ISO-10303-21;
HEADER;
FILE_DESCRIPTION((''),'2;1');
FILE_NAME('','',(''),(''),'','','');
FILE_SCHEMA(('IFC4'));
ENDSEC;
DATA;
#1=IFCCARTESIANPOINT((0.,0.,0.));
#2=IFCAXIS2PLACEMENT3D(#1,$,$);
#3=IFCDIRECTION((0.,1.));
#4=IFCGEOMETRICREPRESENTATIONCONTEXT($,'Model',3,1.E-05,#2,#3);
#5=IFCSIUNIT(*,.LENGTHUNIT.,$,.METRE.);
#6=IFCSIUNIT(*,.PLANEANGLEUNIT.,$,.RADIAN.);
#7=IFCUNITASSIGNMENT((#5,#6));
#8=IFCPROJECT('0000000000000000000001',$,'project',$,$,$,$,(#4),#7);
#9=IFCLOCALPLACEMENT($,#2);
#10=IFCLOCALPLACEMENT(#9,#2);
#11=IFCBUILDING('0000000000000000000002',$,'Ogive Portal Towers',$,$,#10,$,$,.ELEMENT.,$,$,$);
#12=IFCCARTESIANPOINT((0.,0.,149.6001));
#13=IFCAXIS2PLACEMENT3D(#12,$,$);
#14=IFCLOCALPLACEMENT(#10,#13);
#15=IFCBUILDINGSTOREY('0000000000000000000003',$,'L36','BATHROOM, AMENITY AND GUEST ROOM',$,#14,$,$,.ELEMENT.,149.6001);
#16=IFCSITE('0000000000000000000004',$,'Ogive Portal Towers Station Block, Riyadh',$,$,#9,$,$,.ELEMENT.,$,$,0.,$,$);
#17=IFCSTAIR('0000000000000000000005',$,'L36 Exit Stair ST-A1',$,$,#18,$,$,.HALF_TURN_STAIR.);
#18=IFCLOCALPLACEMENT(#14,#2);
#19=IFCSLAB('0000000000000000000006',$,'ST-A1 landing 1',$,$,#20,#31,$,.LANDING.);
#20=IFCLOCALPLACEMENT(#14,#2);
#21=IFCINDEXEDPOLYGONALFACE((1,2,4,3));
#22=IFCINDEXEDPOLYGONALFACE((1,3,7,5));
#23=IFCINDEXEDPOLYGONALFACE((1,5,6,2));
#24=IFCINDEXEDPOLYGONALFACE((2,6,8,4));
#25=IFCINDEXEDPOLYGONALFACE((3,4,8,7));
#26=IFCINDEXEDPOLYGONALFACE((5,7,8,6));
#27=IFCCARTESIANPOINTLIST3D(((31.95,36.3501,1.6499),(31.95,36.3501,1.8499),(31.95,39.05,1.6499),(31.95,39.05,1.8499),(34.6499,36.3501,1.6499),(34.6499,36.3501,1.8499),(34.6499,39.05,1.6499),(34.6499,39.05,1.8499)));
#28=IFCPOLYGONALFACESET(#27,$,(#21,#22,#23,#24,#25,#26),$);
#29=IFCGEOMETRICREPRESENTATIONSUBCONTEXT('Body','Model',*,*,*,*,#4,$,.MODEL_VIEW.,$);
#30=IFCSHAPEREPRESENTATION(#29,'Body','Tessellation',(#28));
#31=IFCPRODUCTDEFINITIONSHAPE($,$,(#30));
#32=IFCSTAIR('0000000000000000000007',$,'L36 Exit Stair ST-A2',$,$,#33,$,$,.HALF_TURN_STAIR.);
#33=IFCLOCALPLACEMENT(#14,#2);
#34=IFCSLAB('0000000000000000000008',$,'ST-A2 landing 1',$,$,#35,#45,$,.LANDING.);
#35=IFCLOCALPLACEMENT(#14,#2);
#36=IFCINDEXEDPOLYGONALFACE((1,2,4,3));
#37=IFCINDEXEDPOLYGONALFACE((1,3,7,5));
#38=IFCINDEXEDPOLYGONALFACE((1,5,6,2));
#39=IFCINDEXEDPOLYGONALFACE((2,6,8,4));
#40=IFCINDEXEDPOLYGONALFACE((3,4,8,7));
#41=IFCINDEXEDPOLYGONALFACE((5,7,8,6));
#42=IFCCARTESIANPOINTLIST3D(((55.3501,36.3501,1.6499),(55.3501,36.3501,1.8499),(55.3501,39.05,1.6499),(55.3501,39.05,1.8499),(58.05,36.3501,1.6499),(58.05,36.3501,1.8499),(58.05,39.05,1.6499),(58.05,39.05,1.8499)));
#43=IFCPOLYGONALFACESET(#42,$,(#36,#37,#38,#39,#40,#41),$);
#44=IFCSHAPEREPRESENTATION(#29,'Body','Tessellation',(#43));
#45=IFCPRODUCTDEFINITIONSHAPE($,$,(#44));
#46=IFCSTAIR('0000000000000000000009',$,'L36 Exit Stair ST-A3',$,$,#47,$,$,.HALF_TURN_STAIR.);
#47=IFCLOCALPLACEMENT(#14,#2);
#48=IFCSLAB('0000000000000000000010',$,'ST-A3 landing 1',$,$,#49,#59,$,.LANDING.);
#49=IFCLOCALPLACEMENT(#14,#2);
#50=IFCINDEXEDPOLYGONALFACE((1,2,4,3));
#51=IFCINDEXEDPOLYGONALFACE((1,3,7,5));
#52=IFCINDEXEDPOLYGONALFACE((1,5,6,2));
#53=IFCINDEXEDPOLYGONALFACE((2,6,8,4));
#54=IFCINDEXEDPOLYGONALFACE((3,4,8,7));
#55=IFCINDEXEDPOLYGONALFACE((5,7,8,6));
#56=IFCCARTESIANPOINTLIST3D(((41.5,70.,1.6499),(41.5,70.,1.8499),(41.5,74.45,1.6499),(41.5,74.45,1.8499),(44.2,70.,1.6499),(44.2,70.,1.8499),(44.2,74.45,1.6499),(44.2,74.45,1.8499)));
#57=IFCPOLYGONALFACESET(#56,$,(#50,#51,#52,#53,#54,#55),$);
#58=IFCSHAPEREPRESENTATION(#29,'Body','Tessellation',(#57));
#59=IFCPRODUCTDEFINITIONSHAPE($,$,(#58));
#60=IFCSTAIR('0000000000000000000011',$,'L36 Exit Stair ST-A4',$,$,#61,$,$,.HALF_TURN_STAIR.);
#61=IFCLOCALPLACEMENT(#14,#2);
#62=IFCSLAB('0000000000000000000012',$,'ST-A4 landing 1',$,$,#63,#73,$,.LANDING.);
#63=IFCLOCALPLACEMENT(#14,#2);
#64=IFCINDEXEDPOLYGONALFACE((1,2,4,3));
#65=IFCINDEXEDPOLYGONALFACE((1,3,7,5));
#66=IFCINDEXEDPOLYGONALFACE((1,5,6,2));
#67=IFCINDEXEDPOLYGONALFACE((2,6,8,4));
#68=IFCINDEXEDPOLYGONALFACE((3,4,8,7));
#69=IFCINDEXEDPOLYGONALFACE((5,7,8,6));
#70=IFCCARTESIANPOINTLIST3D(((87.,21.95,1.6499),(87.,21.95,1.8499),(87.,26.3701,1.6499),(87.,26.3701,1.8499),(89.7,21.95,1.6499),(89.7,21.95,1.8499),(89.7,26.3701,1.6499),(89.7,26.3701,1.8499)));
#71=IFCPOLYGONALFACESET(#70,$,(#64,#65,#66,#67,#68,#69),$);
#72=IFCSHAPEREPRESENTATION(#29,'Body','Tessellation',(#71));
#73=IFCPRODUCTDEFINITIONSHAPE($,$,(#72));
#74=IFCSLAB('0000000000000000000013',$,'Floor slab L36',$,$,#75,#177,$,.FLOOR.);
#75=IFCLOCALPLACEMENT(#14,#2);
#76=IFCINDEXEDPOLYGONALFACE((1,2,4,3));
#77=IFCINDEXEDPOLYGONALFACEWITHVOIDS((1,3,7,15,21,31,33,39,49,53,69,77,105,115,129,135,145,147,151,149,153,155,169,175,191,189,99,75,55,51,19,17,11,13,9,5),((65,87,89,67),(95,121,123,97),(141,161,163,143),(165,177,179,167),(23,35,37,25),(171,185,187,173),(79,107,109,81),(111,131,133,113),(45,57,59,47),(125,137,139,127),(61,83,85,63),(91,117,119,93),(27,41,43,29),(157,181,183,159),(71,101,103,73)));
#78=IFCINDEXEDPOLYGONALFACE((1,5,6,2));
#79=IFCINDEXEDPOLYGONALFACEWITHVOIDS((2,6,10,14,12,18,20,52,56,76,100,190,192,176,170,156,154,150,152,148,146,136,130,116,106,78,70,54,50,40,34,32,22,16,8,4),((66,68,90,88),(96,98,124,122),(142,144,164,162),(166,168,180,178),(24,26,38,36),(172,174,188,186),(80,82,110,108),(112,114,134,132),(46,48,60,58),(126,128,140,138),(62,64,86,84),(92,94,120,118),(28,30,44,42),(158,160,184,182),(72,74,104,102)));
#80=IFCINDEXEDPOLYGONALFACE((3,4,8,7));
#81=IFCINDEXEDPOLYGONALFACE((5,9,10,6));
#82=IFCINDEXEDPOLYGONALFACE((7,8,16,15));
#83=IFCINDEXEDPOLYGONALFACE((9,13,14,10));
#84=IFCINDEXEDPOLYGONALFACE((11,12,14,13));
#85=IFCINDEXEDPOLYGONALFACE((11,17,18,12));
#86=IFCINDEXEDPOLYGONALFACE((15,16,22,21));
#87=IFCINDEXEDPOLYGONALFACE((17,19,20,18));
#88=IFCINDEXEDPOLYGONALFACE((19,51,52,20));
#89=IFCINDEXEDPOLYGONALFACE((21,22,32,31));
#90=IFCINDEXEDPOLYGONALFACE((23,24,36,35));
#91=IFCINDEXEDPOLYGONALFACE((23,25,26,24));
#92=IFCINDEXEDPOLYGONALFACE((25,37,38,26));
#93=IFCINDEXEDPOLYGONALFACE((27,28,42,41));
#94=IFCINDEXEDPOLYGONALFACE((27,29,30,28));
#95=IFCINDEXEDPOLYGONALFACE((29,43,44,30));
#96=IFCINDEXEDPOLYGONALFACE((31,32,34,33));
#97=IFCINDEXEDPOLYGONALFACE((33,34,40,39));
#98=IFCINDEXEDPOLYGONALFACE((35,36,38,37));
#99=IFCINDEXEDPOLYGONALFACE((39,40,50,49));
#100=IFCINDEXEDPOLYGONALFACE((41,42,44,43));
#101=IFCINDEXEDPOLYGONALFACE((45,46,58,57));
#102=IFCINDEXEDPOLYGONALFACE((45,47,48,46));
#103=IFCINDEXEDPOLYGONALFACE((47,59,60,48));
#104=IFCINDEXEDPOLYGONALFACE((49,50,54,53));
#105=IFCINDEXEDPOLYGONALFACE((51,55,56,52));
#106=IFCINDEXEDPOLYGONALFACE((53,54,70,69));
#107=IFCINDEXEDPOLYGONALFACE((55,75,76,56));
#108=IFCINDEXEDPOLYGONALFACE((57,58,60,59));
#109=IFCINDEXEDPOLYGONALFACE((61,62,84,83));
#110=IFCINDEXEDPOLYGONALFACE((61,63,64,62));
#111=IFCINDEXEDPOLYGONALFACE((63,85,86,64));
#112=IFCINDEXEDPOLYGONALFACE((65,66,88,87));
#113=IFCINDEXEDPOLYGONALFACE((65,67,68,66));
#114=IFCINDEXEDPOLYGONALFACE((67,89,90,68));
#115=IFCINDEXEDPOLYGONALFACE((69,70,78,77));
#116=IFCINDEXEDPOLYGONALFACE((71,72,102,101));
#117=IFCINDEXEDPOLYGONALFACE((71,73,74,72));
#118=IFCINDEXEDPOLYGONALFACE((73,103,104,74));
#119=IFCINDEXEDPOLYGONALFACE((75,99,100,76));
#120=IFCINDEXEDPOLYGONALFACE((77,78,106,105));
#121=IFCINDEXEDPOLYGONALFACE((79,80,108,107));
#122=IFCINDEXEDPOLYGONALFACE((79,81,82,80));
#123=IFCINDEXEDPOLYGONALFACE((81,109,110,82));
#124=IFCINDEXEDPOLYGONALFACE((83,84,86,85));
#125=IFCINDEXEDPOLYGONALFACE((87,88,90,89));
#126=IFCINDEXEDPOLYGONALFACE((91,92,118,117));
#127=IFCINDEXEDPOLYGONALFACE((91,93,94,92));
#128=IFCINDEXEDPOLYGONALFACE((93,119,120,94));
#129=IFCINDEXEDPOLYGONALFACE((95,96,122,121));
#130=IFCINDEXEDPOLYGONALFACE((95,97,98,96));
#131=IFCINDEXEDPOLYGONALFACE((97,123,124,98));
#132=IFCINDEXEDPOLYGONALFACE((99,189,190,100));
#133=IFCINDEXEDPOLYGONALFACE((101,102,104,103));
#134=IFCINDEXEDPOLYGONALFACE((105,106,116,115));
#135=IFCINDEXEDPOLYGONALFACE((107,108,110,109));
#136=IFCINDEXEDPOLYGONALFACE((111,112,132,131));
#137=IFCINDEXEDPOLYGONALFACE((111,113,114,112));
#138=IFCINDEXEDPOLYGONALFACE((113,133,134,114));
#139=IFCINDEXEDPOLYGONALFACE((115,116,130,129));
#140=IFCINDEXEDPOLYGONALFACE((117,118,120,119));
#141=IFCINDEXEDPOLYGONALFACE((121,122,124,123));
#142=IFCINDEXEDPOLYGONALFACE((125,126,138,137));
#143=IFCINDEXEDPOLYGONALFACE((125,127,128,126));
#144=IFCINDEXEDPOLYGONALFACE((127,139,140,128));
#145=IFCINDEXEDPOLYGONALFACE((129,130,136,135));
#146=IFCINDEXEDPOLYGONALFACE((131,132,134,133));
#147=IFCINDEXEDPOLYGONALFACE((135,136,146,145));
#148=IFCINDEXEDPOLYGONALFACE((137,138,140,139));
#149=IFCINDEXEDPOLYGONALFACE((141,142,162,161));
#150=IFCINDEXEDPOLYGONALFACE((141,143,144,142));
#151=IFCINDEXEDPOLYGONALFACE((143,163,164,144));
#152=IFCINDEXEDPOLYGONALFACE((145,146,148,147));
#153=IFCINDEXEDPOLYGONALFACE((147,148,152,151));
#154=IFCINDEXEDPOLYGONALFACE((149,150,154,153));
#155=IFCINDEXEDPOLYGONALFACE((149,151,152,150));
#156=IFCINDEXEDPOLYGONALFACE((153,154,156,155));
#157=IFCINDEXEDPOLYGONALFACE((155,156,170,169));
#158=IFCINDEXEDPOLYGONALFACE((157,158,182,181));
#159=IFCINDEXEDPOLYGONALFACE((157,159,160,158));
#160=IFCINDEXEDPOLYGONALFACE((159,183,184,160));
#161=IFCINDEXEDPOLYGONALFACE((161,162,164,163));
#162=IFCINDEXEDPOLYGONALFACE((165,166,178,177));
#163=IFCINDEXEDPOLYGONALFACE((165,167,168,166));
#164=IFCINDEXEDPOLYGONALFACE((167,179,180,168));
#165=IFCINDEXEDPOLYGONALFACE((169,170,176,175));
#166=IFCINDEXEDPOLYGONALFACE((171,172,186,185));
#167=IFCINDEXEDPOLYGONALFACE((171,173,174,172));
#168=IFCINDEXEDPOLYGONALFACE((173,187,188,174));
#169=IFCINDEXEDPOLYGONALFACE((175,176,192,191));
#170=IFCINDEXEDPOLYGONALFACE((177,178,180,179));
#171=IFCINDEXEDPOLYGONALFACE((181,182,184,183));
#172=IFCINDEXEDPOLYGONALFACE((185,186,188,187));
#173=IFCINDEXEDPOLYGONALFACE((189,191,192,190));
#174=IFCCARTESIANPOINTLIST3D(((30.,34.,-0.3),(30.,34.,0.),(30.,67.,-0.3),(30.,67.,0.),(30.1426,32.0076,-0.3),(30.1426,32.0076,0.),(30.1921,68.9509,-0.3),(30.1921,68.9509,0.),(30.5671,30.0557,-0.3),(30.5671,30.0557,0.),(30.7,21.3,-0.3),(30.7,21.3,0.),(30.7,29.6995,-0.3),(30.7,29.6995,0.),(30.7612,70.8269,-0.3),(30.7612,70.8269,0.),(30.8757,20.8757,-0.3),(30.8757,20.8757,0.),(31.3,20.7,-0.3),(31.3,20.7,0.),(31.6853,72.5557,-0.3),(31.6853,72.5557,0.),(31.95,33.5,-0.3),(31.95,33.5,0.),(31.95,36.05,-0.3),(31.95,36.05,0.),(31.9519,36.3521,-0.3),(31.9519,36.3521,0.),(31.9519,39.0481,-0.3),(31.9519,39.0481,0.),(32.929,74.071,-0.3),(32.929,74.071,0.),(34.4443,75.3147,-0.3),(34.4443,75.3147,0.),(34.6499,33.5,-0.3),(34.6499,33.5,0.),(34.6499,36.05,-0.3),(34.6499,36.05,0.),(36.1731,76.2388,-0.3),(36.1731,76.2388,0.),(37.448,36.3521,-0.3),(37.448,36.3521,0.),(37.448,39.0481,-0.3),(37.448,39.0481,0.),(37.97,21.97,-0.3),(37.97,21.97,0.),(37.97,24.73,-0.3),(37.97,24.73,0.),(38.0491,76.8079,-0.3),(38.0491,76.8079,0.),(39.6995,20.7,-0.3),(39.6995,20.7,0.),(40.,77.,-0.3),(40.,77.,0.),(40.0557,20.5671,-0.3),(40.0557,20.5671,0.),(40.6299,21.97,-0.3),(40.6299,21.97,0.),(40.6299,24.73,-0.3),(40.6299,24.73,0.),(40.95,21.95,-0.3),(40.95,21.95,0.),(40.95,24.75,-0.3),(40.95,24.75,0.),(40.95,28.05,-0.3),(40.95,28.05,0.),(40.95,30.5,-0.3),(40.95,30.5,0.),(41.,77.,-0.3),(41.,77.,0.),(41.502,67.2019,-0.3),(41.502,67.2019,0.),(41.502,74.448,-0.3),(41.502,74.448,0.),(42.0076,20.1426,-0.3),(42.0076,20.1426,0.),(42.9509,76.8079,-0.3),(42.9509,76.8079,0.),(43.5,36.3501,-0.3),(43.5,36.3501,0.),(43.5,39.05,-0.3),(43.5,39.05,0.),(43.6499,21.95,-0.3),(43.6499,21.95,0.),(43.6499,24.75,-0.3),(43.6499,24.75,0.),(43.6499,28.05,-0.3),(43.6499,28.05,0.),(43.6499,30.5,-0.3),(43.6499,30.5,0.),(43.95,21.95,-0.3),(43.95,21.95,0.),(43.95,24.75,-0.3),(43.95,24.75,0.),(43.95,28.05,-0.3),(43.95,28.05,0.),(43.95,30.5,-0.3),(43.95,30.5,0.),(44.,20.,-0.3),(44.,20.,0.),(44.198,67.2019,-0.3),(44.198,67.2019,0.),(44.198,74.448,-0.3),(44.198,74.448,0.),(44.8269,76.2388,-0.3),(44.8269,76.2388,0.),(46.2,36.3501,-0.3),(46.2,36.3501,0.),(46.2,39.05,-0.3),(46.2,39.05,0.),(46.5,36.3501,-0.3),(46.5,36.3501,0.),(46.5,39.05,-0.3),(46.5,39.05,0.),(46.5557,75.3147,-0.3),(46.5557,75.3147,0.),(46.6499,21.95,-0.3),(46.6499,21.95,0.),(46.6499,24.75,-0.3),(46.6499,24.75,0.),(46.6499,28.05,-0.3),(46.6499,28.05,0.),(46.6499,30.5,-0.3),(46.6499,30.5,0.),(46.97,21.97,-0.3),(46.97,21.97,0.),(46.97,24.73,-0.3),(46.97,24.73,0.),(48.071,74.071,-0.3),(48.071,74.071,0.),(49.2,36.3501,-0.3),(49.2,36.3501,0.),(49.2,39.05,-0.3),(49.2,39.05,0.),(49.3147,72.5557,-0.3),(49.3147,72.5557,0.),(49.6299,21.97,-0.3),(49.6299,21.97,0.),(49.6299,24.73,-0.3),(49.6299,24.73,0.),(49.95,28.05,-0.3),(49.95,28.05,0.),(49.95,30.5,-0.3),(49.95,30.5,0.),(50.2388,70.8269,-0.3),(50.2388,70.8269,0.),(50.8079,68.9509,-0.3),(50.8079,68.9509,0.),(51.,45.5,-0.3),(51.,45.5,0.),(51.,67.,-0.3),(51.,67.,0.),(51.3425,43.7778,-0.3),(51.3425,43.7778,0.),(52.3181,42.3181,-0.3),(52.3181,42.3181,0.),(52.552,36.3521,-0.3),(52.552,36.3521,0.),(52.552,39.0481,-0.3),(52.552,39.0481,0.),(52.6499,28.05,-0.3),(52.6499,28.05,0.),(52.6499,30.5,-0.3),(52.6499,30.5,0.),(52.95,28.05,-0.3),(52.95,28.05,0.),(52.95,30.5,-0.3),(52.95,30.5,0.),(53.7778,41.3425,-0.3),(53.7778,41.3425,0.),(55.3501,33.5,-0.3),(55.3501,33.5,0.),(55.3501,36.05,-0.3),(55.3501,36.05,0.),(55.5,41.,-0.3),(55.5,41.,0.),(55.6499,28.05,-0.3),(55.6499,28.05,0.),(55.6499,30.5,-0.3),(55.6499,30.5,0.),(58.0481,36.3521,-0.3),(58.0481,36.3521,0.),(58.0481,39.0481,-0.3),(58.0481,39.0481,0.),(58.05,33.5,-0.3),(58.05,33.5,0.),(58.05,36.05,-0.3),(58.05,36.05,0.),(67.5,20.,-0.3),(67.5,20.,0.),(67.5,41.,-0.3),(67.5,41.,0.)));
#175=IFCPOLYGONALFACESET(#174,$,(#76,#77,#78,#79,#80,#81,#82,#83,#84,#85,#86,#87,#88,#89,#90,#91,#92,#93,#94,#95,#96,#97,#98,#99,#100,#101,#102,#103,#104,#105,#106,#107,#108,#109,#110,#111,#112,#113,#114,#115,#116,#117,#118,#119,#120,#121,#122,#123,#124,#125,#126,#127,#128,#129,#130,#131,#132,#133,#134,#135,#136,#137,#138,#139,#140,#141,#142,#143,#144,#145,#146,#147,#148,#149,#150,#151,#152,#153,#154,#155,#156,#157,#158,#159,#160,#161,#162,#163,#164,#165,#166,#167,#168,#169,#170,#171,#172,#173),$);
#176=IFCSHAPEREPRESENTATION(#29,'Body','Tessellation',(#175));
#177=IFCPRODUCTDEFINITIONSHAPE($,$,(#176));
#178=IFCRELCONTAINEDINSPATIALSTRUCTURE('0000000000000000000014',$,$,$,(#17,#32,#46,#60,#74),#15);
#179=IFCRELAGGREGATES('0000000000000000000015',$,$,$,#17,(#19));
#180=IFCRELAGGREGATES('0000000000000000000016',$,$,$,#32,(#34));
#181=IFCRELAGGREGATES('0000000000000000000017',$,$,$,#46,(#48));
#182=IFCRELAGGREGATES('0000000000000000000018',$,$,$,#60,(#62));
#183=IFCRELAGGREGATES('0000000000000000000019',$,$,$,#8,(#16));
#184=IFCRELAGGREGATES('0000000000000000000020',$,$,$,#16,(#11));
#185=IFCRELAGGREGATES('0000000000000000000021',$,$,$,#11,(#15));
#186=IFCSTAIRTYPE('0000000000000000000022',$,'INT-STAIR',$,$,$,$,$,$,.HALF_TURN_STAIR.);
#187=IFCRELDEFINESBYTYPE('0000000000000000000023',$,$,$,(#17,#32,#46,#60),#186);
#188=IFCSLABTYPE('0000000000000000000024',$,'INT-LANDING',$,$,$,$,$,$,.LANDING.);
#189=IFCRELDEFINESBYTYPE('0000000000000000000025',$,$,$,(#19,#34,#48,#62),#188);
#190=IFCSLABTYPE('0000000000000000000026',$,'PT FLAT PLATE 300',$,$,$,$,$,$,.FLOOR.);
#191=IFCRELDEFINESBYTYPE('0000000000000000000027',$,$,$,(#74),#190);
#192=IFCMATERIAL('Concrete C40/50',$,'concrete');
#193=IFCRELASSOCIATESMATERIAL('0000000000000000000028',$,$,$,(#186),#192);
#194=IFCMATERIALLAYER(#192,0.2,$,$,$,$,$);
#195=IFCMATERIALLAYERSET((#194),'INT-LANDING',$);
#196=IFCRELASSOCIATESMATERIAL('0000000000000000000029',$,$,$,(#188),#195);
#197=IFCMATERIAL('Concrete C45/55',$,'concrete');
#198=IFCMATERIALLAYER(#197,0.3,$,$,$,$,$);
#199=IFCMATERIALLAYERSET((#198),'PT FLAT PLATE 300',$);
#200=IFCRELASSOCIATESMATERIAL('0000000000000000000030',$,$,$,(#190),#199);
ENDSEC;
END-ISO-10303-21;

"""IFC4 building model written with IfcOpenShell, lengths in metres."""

from ifc_helpers import new_model, si_unit, direction, frame, origin, place, context, subcontext, project, spatial, polyline, outline, extrude, material, layer, layer_set, type_object, element, aggregate, save


model = new_model("IFC4")

# Units and contexts
model_context = context("Model", 3, precision=1e-05, world=origin(), true_north=direction((0.0, 1.0)))
body_context = subcontext(model_context, "Body", "Model", "MODEL_VIEW")
ifc_project = project(units=[si_unit("LENGTHUNIT", "METRE"), si_unit("PLANEANGLEUNIT", "RADIAN")], contexts=[model_context])

# Site, building, storey
site_placement = place(None, origin())
site = spatial("IfcSite", under=ifc_project, at=site_placement, Name="Ogive Portal Towers Station Block, Riyadh", CompositionType="ELEMENT", RefElevation=0.0)
building_placement = place(site_placement, origin())
building = spatial("IfcBuilding", under=site, at=building_placement, Name="Ogive Portal Towers", CompositionType="ELEMENT")
storey_placement = place(building_placement, frame((0.0, 0.0, 149.6001)))
storey = spatial("IfcBuildingStorey", under=building, at=storey_placement, Name="L36", Description="BATHROOM, AMENITY AND GUEST ROOM", CompositionType="ELEMENT", Elevation=149.6001)

# Stairs, slabs
ifc_material_1 = material(Name="Concrete C40/50", Category="concrete")
stair_type = type_object("IfcStairType", Name="INT-STAIR", PredefinedType="HALF_TURN_STAIR", material=ifc_material_1)
stair_1_placement = place(storey_placement, origin())
stair_1 = element("IfcStair", 1, at=stair_1_placement, inside=storey, type_object=stair_type, Name="L36 Exit Stair ST-A1", PredefinedType="HALF_TURN_STAIR")
ifc_layer_1 = layer(ifc_material_1, 0.2)
ifc_layer_set_1 = layer_set([ifc_layer_1], Name="INT-LANDING")
slab_type_1 = type_object("IfcSlabType", Name="INT-LANDING", PredefinedType="LANDING", material=ifc_layer_set_1)
slab_1_placement = place(storey_placement, frame((0.0, 0.0, 1.6499)))
slab_1 = element("IfcSlab", 2, at=slab_1_placement, type_object=slab_type_1, Name="ST-A1 landing 1", PredefinedType="LANDING", context=body_context, shape_type="SweptSolid", body=[
    extrude(outline(polyline([(34.6499, 39.05), (31.95, 39.05), (31.95, 36.3501), (34.6499, 36.3501), (34.6499, 39.05)])), origin(), (0.0, 0.0, 1.0), 0.2),
])
aggregate(stair_1, [slab_1])
stair_2_placement = place(storey_placement, origin())
stair_2 = element("IfcStair", 3, at=stair_2_placement, inside=storey, type_object=stair_type, Name="L36 Exit Stair ST-A2", PredefinedType="HALF_TURN_STAIR")
slab_2_placement = place(storey_placement, frame((0.0, 0.0, 1.6499)))
slab_2 = element("IfcSlab", 4, at=slab_2_placement, type_object=slab_type_1, Name="ST-A2 landing 1", PredefinedType="LANDING", context=body_context, shape_type="SweptSolid", body=[
    extrude(outline(polyline([(55.3501, 36.3501), (58.05, 36.3501), (58.05, 39.05), (55.3501, 39.05), (55.3501, 36.3501)])), origin(), (0.0, 0.0, 1.0), 0.2),
])
aggregate(stair_2, [slab_2])
stair_3_placement = place(storey_placement, origin())
stair_3 = element("IfcStair", 5, at=stair_3_placement, inside=storey, type_object=stair_type, Name="L36 Exit Stair ST-A3", PredefinedType="HALF_TURN_STAIR")
slab_3_placement = place(storey_placement, frame((0.0, 0.0, 1.6499)))
slab_3 = element("IfcSlab", 6, at=slab_3_placement, type_object=slab_type_1, Name="ST-A3 landing 1", PredefinedType="LANDING", context=body_context, shape_type="SweptSolid", body=[
    extrude(outline(polyline([(44.2, 70.0), (44.2, 74.45), (41.5, 74.45), (41.5, 70.0), (44.2, 70.0)])), origin(), (0.0, 0.0, 1.0), 0.2),
])
aggregate(stair_3, [slab_3])
stair_4_placement = place(storey_placement, origin())
stair_4 = element("IfcStair", 7, at=stair_4_placement, inside=storey, type_object=stair_type, Name="L36 Exit Stair ST-A4", PredefinedType="HALF_TURN_STAIR")
slab_4_placement = place(storey_placement, frame((0.0, 0.0, 1.6499)))
slab_4 = element("IfcSlab", 8, at=slab_4_placement, type_object=slab_type_1, Name="ST-A4 landing 1", PredefinedType="LANDING", context=body_context, shape_type="SweptSolid", body=[
    extrude(outline(polyline([(87.0, 26.3701), (87.0, 21.95), (89.7, 21.95), (89.7, 26.3701), (87.0, 26.3701)])), origin(), (0.0, 0.0, 1.0), 0.2),
])
aggregate(stair_4, [slab_4])

# Slab
ifc_material_2 = material(Name="Concrete C45/55", Category="concrete")
ifc_layer_2 = layer(ifc_material_2, 0.3)
ifc_layer_set_2 = layer_set([ifc_layer_2], Name="PT FLAT PLATE 300")
slab_type_2 = type_object("IfcSlabType", Name="PT FLAT PLATE 300", PredefinedType="FLOOR", material=ifc_layer_set_2)
slab_5_placement = place(storey_placement, frame((0.0, 0.0, -0.3)))
element("IfcSlab", 9, at=slab_5_placement, inside=storey, type_object=slab_type_2, Name="Floor slab L36", PredefinedType="FLOOR", context=body_context, shape_type="SweptSolid", body=[
    extrude(outline(polyline([(30.0, 34.0), (30.1426, 32.0076), (30.5671, 30.0557), (30.7, 29.6995), (30.7, 21.3), (30.8757, 20.8757), (31.3, 20.7), (39.6995, 20.7), (40.0557, 20.5671), (42.0076, 20.1426), (44.0, 20.0), (67.5, 20.0), (67.5, 41.0), (55.5, 41.0), (53.7778, 41.3425), (52.3181, 42.3181), (51.3425, 43.7778), (51.0, 45.5), (51.0, 67.0), (50.8079, 68.9509), (50.2388, 70.8269), (49.3147, 72.5557), (48.071, 74.071), (46.5557, 75.3147), (44.8269, 76.2388), (42.9509, 76.8079), (41.0, 77.0), (40.0, 77.0), (38.0491, 76.8079), (36.1731, 76.2388), (34.4443, 75.3147), (32.929, 74.071), (31.6853, 72.5557), (30.7612, 70.8269), (30.1921, 68.9509), (30.0, 67.0), (30.0, 34.0)]), holes=[polyline([(40.6299, 21.97), (37.97, 21.97), (37.97, 24.73), (40.6299, 24.73), (40.6299, 21.97)]), polyline([(43.6499, 24.75), (43.6499, 21.95), (40.95, 21.95), (40.95, 24.75), (43.6499, 24.75)]), polyline([(46.6499, 24.75), (46.6499, 21.95), (43.95, 21.95), (43.95, 24.75), (46.6499, 24.75)]), polyline([(43.6499, 30.5), (43.6499, 28.05), (40.95, 28.05), (40.95, 30.5), (43.6499, 30.5)]), polyline([(46.6499, 30.5), (46.6499, 28.05), (43.95, 28.05), (43.95, 30.5), (46.6499, 30.5)]), polyline([(34.6499, 36.05), (34.6499, 33.5), (31.95, 33.5), (31.95, 36.05), (34.6499, 36.05)]), polyline([(31.9519, 39.0481), (37.448, 39.0481), (37.448, 36.3521), (31.9519, 36.3521), (31.9519, 39.0481)]), polyline([(46.2, 39.05), (46.2, 36.3501), (43.5, 36.3501), (43.5, 39.05), (46.2, 39.05)]), polyline([(44.198, 74.448), (44.198, 67.2019), (41.502, 67.2019), (41.502, 74.448), (44.198, 74.448)]), polyline([(49.6299, 21.97), (46.97, 21.97), (46.97, 24.73), (49.6299, 24.73), (49.6299, 21.97)]), polyline([(52.6499, 30.5), (52.6499, 28.05), (49.95, 28.05), (49.95, 30.5), (52.6499, 30.5)]), polyline([(55.6499, 30.5), (55.6499, 28.05), (52.95, 28.05), (52.95, 30.5), (55.6499, 30.5)]), polyline([(58.05, 36.05), (58.05, 33.5), (55.3501, 33.5), (55.3501, 36.05), (58.05, 36.05)]), polyline([(49.2, 36.3501), (46.5, 36.3501), (46.5, 39.05), (49.2, 39.05), (49.2, 36.3501)]), polyline([(52.552, 36.3521), (52.552, 39.0481), (58.0481, 39.0481), (58.0481, 36.3521), (52.552, 36.3521)])]), origin(), (0.0, 0.0, 1.0), 0.3),
])

save(model, "model.ifc")
